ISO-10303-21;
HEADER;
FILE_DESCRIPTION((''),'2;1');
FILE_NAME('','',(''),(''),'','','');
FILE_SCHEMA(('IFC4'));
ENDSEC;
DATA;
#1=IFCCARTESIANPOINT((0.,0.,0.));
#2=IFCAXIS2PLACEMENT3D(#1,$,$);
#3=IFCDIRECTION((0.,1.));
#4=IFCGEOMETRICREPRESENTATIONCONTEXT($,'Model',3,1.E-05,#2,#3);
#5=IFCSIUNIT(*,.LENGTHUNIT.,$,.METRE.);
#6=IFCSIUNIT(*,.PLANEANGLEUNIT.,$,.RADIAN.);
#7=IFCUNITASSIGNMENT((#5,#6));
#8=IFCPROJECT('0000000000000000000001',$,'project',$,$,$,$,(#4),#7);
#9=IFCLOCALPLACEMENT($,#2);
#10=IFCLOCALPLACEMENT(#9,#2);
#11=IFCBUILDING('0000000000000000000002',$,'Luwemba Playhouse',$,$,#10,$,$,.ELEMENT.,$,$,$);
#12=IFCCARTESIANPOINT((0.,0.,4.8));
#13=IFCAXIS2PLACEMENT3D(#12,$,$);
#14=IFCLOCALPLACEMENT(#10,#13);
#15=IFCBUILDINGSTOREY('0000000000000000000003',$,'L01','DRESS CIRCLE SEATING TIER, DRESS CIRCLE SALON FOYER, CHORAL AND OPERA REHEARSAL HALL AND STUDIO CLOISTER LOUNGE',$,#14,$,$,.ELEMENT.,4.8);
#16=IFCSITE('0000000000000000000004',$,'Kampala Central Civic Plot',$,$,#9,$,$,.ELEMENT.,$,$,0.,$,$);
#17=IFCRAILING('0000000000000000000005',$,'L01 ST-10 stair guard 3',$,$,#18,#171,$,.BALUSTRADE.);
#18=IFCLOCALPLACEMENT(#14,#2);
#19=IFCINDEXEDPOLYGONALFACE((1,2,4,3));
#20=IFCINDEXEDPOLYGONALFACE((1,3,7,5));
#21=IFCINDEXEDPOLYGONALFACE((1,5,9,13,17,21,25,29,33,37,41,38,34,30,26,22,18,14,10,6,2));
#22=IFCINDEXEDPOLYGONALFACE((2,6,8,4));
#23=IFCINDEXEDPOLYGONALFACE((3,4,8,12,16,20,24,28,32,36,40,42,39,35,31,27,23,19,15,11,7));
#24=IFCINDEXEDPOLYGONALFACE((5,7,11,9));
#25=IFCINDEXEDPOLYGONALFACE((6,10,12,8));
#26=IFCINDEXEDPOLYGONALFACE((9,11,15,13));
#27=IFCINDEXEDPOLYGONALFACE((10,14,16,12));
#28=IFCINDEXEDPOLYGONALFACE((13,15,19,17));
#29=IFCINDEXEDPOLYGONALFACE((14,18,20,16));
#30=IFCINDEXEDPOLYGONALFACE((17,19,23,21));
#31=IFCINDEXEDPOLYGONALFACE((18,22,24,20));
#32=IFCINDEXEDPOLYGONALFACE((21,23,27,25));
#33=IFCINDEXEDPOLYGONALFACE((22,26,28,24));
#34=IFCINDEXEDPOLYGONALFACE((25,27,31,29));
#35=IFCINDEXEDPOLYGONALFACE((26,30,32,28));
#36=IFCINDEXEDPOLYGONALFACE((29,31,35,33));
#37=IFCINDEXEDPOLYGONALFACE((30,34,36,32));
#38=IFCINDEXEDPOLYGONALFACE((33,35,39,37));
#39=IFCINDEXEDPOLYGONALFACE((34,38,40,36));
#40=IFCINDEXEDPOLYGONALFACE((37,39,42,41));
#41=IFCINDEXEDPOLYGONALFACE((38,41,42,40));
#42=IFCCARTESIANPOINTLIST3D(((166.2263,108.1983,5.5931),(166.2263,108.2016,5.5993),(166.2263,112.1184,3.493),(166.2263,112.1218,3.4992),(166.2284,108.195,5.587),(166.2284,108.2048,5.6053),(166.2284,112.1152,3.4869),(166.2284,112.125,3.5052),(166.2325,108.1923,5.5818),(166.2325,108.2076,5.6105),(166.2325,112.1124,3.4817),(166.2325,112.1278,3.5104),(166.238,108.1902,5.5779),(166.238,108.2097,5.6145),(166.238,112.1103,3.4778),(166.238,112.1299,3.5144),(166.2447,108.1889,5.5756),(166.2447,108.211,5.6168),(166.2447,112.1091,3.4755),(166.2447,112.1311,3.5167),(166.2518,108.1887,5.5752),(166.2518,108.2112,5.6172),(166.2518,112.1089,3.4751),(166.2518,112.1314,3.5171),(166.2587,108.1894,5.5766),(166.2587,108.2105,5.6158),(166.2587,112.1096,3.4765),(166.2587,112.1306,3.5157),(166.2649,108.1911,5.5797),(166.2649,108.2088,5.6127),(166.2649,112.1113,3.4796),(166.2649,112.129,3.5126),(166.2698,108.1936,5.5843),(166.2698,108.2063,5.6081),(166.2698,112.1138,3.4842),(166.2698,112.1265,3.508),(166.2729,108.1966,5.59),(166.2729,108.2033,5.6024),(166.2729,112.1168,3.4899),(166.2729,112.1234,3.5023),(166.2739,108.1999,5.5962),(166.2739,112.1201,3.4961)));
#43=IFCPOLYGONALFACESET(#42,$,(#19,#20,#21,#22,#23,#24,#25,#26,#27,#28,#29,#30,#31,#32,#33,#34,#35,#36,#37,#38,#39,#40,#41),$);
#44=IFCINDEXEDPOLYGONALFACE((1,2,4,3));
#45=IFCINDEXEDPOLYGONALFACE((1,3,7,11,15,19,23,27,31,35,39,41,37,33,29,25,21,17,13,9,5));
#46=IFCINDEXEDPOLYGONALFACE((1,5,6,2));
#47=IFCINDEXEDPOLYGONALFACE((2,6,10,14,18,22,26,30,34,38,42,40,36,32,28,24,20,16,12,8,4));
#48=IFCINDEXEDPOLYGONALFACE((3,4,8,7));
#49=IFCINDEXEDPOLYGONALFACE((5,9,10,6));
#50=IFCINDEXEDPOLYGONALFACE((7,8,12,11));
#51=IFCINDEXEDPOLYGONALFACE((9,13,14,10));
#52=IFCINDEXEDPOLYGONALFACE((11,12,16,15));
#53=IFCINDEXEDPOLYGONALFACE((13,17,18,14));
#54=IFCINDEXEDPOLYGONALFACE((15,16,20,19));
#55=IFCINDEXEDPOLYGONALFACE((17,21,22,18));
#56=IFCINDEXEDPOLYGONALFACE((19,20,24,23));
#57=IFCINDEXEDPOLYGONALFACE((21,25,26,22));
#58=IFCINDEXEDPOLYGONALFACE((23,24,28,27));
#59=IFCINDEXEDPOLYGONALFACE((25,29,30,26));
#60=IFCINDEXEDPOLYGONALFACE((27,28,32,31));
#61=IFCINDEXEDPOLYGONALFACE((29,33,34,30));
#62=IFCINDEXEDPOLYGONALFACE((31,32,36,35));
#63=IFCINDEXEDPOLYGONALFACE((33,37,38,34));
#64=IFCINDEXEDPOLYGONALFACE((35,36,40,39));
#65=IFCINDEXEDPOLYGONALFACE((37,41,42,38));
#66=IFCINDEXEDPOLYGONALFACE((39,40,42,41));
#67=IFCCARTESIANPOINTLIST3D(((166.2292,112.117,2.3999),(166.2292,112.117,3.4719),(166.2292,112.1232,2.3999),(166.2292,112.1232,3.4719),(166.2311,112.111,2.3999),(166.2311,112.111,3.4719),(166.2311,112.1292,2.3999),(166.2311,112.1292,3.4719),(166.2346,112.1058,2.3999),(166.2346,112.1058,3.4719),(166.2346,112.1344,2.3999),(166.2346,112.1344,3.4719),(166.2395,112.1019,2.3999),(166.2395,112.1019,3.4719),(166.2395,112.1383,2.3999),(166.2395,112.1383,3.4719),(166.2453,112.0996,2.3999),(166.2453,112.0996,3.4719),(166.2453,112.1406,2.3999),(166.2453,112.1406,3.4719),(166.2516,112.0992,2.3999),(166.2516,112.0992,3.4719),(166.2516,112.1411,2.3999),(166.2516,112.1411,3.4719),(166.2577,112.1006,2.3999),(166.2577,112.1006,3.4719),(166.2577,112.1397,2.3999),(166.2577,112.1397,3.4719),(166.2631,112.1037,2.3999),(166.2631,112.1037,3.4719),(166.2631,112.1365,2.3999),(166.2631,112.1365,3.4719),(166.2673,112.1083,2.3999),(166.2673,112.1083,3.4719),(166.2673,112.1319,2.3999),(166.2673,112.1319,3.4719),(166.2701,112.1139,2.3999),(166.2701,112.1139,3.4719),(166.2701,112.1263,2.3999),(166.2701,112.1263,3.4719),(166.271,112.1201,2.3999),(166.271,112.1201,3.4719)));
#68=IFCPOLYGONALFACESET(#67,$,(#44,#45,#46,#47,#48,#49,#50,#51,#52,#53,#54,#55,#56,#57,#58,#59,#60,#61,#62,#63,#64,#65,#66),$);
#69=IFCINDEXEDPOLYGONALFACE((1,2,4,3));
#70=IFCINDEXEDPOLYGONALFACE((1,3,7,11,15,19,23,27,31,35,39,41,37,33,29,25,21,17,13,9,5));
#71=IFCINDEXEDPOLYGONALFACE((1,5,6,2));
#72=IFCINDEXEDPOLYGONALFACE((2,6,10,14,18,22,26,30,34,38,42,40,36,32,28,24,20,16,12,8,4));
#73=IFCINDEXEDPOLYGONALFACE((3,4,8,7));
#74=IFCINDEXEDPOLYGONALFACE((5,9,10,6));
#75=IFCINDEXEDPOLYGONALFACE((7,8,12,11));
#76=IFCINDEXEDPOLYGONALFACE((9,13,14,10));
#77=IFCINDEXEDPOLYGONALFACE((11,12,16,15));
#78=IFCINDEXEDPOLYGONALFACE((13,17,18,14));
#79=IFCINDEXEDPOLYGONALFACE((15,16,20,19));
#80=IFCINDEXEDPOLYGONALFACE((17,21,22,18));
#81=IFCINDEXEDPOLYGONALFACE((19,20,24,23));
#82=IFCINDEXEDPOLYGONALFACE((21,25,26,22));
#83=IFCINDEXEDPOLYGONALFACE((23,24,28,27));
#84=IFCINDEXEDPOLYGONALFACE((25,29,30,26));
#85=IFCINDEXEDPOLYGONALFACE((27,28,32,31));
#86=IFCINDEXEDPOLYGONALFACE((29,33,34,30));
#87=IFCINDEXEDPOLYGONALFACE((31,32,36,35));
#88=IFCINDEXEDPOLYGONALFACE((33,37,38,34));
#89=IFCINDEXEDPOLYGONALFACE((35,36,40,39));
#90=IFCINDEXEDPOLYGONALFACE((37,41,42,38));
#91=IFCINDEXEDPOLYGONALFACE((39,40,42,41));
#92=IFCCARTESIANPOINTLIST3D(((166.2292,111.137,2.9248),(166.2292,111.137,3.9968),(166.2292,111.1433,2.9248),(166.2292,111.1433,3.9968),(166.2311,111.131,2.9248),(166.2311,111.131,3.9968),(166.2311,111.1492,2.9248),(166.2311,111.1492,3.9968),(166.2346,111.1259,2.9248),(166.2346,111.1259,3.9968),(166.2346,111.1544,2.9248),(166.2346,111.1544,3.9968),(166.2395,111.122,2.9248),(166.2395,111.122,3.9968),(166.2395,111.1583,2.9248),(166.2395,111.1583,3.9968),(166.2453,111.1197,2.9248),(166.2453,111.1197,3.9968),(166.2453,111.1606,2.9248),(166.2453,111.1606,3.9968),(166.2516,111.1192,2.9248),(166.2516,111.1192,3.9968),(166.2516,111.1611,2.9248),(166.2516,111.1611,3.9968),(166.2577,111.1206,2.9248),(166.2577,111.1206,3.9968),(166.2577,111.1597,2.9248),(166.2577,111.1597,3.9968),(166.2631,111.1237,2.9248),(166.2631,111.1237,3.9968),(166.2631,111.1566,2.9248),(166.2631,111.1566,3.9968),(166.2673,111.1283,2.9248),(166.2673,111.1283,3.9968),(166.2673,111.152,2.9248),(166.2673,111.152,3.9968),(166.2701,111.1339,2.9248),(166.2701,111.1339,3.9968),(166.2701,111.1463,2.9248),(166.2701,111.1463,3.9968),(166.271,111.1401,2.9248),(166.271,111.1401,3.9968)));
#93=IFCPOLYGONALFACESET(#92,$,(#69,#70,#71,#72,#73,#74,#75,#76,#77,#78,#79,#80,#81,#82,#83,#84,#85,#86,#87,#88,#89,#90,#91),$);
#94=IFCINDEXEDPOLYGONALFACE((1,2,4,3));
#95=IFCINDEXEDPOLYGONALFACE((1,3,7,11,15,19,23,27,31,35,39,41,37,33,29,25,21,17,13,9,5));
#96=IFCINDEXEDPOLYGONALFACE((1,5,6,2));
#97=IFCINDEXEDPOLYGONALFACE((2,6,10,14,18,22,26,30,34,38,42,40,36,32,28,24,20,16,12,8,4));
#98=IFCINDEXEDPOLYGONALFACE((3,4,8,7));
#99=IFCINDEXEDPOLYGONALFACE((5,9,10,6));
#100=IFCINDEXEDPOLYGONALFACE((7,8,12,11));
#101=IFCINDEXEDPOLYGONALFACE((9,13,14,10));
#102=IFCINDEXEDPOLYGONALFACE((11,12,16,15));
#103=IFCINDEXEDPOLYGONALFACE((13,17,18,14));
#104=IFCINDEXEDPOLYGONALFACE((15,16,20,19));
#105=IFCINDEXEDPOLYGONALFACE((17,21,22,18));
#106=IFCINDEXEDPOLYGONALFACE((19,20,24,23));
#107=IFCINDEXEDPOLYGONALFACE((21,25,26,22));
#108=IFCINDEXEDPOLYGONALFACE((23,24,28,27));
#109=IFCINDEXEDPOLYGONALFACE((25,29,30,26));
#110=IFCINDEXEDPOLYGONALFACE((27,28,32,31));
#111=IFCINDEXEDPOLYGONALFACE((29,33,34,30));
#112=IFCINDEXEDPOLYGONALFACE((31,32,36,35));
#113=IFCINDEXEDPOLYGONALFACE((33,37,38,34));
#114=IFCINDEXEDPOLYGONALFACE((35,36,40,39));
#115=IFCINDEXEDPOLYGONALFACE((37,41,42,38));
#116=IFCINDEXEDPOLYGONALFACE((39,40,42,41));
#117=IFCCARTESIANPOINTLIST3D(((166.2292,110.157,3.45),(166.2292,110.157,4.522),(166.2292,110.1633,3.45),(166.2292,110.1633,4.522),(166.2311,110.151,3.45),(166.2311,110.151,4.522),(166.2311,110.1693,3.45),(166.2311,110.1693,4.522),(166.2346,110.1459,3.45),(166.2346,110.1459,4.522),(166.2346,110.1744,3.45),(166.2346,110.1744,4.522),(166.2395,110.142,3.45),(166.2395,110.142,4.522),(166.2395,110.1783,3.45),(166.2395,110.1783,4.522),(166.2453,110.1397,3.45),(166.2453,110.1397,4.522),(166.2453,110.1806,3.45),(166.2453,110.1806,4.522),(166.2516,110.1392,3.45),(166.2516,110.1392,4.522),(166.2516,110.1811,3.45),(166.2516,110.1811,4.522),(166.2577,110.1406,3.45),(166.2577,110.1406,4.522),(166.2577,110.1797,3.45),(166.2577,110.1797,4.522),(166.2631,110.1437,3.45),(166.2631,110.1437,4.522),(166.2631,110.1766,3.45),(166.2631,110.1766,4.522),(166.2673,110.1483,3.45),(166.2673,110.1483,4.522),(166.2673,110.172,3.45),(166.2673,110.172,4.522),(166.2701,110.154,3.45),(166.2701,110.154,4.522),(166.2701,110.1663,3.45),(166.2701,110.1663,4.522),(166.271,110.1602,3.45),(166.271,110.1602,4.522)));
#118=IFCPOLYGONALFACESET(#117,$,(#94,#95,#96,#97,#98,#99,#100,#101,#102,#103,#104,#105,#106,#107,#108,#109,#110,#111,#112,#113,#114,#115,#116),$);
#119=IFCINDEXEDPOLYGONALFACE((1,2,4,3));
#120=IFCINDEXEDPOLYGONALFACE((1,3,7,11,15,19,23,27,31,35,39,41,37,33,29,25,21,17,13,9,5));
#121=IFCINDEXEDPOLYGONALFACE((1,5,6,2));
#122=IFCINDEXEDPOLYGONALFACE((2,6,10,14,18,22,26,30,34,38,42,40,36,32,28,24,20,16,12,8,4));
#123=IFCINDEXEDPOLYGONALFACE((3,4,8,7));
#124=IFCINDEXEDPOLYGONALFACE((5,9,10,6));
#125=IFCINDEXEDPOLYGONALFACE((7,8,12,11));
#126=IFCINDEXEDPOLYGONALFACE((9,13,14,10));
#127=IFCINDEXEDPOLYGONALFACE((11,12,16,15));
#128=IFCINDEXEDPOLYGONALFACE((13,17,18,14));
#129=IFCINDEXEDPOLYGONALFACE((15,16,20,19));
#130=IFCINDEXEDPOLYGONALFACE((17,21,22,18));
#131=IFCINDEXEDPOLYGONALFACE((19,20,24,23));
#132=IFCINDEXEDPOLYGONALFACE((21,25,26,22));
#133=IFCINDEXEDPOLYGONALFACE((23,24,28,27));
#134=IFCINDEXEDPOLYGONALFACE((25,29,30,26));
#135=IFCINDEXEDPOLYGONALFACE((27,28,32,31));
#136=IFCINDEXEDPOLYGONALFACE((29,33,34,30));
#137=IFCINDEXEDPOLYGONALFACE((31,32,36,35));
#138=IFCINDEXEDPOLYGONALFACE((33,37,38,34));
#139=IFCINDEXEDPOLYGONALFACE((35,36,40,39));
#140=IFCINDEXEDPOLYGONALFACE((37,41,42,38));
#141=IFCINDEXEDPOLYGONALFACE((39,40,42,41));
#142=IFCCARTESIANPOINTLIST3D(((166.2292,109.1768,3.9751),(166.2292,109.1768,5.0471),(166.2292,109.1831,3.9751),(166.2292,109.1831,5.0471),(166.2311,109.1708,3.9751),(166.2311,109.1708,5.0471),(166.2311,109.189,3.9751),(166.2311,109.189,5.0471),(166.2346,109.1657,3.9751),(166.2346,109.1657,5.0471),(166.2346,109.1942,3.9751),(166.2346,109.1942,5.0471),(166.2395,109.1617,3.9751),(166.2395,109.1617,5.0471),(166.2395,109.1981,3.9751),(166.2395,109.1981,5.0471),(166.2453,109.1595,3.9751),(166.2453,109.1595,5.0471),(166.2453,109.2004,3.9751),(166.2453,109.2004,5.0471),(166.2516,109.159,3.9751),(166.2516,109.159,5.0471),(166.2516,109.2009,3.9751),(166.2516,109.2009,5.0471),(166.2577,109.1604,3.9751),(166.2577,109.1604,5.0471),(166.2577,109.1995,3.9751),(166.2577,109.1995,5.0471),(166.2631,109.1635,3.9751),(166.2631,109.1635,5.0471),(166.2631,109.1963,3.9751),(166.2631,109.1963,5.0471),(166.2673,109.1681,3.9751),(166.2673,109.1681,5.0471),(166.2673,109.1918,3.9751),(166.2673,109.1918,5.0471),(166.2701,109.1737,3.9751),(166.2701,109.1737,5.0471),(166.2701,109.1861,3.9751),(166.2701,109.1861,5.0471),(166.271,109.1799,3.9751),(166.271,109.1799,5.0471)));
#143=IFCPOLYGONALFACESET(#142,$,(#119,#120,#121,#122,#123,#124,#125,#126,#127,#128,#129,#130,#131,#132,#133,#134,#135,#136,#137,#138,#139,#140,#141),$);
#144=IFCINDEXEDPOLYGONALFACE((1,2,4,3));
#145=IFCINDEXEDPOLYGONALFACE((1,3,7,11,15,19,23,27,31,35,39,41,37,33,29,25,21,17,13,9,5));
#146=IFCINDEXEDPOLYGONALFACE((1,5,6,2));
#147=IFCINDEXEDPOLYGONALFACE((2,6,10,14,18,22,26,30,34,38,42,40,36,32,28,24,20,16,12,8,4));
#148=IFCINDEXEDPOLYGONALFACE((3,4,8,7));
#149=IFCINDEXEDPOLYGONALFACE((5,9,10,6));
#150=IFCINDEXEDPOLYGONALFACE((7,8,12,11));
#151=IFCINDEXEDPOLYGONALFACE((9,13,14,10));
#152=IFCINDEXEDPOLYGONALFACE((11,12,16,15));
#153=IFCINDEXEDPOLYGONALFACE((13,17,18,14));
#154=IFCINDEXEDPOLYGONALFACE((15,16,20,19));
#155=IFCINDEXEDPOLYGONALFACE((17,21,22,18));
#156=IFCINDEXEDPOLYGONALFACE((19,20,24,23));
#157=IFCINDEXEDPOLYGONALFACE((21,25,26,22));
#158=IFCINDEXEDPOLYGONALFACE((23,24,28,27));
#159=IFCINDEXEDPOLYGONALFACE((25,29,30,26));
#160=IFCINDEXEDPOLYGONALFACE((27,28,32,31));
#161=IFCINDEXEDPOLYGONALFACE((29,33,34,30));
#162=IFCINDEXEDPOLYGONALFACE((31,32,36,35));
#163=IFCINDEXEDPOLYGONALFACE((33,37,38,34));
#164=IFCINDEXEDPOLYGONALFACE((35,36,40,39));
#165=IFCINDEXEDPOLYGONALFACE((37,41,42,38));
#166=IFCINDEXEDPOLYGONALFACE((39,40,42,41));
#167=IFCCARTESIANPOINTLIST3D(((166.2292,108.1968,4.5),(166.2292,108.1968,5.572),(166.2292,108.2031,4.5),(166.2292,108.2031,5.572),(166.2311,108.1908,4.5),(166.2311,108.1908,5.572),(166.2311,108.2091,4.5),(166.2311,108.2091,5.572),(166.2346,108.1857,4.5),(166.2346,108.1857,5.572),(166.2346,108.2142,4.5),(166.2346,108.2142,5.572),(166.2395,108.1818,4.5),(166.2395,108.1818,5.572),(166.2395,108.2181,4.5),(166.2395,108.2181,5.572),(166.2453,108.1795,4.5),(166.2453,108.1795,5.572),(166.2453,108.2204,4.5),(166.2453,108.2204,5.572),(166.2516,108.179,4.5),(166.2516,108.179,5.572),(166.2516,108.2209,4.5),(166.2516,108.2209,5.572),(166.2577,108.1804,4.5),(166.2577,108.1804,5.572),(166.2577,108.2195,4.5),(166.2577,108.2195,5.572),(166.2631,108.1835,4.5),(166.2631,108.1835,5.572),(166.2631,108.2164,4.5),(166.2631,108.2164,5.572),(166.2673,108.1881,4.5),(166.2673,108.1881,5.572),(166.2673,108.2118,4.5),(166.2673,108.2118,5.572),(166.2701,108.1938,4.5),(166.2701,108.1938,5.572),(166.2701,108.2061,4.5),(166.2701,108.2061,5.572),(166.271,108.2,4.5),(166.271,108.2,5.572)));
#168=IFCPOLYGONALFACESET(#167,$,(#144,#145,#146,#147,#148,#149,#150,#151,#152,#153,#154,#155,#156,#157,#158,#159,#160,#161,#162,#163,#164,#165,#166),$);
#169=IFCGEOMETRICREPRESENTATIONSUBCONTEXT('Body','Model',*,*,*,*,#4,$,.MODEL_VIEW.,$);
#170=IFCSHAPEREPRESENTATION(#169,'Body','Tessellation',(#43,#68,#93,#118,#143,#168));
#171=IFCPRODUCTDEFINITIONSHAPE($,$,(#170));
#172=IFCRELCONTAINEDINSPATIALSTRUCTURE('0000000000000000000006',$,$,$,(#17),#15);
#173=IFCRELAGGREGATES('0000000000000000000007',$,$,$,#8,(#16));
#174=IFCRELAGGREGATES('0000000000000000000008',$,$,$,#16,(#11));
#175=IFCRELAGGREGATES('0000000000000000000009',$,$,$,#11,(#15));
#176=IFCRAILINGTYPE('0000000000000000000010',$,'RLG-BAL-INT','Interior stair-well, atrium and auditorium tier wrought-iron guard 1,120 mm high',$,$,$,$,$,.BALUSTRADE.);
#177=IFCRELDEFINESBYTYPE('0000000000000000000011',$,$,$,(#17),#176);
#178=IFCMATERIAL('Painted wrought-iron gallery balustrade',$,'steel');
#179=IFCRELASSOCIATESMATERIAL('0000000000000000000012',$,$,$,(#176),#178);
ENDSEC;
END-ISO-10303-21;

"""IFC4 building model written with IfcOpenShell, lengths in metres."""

from ifc_helpers import new_model, si_unit, direction, frame, origin, origin_2d, place, context, subcontext, project, spatial, circle, extrude, material, type_object, element, save


model = new_model("IFC4")

# Units and contexts
model_context = context("Model", 3, precision=1e-05, world=origin(), true_north=direction((0.0, 1.0)))
body_context = subcontext(model_context, "Body", "Model", "MODEL_VIEW")
ifc_project = project(units=[si_unit("LENGTHUNIT", "METRE"), si_unit("PLANEANGLEUNIT", "RADIAN")], contexts=[model_context])

# Site, building, storey
site_placement = place(None, origin())
site = spatial("IfcSite", under=ifc_project, at=site_placement, Name="Kampala Central Civic Plot", CompositionType="ELEMENT", RefElevation=0.0)
building_placement = place(site_placement, origin())
building = spatial("IfcBuilding", under=site, at=building_placement, Name="Luwemba Playhouse", CompositionType="ELEMENT")
storey_placement = place(building_placement, frame((0.0, 0.0, 4.8)))
storey = spatial("IfcBuildingStorey", under=building, at=storey_placement, Name="L01", Description="DRESS CIRCLE SEATING TIER, DRESS CIRCLE SALON FOYER, CHORAL AND OPERA REHEARSAL HALL AND STUDIO CLOISTER LOUNGE", CompositionType="ELEMENT", Elevation=4.8)

# Railing
ifc_material_1 = material(Name="Painted wrought-iron gallery balustrade", Category="steel")
railing_type_1 = type_object("IfcRailingType", Name="RLG-BAL-INT", Description="Interior stair-well, atrium and auditorium tier wrought-iron guard 1,120 mm high", PredefinedType="BALUSTRADE", material=ifc_material_1)
railing_1_placement = place(storey_placement, frame((166.25, 112.1201, 2.3999)))
element("IfcRailing", 1, at=railing_1_placement, inside=storey, type_object=railing_type_1, Name="L01 ST-10 stair guard 3", PredefinedType="BALUSTRADE", context=body_context, shape_type="SweptSolid", body=[
    extrude(circle(Radius=0.0239, at=origin_2d()), frame((0.0, 0.0, 1.0962), z_axis=(0.0, -0.881479, 0.472223), x_axis=(1.0, 0.0, 0.0)), (0.0, 0.0, 1.0), 4.4473),
    extrude(circle(Radius=0.021, at=origin_2d()), origin(), (0.0, 0.0, 1.0), 1.072),
    extrude(circle(Radius=0.021, at=origin_2d()), frame((0.0, -0.98, 0.5249)), (0.0, 0.0, 1.0), 1.072),
    extrude(circle(Radius=0.021, at=origin_2d()), frame((0.0, -1.96, 1.05)), (0.0, 0.0, 1.0), 1.072),
    extrude(circle(Radius=0.021, at=origin_2d()), frame((0.0, -2.9402, 1.5752)), (0.0, 0.0, 1.0), 1.072),
    extrude(circle(Radius=0.021, at=origin_2d()), frame((0.0, -3.9202, 2.1001)), (0.0, 0.0, 1.0), 1.072),
])

save(model, "model.ifc")
